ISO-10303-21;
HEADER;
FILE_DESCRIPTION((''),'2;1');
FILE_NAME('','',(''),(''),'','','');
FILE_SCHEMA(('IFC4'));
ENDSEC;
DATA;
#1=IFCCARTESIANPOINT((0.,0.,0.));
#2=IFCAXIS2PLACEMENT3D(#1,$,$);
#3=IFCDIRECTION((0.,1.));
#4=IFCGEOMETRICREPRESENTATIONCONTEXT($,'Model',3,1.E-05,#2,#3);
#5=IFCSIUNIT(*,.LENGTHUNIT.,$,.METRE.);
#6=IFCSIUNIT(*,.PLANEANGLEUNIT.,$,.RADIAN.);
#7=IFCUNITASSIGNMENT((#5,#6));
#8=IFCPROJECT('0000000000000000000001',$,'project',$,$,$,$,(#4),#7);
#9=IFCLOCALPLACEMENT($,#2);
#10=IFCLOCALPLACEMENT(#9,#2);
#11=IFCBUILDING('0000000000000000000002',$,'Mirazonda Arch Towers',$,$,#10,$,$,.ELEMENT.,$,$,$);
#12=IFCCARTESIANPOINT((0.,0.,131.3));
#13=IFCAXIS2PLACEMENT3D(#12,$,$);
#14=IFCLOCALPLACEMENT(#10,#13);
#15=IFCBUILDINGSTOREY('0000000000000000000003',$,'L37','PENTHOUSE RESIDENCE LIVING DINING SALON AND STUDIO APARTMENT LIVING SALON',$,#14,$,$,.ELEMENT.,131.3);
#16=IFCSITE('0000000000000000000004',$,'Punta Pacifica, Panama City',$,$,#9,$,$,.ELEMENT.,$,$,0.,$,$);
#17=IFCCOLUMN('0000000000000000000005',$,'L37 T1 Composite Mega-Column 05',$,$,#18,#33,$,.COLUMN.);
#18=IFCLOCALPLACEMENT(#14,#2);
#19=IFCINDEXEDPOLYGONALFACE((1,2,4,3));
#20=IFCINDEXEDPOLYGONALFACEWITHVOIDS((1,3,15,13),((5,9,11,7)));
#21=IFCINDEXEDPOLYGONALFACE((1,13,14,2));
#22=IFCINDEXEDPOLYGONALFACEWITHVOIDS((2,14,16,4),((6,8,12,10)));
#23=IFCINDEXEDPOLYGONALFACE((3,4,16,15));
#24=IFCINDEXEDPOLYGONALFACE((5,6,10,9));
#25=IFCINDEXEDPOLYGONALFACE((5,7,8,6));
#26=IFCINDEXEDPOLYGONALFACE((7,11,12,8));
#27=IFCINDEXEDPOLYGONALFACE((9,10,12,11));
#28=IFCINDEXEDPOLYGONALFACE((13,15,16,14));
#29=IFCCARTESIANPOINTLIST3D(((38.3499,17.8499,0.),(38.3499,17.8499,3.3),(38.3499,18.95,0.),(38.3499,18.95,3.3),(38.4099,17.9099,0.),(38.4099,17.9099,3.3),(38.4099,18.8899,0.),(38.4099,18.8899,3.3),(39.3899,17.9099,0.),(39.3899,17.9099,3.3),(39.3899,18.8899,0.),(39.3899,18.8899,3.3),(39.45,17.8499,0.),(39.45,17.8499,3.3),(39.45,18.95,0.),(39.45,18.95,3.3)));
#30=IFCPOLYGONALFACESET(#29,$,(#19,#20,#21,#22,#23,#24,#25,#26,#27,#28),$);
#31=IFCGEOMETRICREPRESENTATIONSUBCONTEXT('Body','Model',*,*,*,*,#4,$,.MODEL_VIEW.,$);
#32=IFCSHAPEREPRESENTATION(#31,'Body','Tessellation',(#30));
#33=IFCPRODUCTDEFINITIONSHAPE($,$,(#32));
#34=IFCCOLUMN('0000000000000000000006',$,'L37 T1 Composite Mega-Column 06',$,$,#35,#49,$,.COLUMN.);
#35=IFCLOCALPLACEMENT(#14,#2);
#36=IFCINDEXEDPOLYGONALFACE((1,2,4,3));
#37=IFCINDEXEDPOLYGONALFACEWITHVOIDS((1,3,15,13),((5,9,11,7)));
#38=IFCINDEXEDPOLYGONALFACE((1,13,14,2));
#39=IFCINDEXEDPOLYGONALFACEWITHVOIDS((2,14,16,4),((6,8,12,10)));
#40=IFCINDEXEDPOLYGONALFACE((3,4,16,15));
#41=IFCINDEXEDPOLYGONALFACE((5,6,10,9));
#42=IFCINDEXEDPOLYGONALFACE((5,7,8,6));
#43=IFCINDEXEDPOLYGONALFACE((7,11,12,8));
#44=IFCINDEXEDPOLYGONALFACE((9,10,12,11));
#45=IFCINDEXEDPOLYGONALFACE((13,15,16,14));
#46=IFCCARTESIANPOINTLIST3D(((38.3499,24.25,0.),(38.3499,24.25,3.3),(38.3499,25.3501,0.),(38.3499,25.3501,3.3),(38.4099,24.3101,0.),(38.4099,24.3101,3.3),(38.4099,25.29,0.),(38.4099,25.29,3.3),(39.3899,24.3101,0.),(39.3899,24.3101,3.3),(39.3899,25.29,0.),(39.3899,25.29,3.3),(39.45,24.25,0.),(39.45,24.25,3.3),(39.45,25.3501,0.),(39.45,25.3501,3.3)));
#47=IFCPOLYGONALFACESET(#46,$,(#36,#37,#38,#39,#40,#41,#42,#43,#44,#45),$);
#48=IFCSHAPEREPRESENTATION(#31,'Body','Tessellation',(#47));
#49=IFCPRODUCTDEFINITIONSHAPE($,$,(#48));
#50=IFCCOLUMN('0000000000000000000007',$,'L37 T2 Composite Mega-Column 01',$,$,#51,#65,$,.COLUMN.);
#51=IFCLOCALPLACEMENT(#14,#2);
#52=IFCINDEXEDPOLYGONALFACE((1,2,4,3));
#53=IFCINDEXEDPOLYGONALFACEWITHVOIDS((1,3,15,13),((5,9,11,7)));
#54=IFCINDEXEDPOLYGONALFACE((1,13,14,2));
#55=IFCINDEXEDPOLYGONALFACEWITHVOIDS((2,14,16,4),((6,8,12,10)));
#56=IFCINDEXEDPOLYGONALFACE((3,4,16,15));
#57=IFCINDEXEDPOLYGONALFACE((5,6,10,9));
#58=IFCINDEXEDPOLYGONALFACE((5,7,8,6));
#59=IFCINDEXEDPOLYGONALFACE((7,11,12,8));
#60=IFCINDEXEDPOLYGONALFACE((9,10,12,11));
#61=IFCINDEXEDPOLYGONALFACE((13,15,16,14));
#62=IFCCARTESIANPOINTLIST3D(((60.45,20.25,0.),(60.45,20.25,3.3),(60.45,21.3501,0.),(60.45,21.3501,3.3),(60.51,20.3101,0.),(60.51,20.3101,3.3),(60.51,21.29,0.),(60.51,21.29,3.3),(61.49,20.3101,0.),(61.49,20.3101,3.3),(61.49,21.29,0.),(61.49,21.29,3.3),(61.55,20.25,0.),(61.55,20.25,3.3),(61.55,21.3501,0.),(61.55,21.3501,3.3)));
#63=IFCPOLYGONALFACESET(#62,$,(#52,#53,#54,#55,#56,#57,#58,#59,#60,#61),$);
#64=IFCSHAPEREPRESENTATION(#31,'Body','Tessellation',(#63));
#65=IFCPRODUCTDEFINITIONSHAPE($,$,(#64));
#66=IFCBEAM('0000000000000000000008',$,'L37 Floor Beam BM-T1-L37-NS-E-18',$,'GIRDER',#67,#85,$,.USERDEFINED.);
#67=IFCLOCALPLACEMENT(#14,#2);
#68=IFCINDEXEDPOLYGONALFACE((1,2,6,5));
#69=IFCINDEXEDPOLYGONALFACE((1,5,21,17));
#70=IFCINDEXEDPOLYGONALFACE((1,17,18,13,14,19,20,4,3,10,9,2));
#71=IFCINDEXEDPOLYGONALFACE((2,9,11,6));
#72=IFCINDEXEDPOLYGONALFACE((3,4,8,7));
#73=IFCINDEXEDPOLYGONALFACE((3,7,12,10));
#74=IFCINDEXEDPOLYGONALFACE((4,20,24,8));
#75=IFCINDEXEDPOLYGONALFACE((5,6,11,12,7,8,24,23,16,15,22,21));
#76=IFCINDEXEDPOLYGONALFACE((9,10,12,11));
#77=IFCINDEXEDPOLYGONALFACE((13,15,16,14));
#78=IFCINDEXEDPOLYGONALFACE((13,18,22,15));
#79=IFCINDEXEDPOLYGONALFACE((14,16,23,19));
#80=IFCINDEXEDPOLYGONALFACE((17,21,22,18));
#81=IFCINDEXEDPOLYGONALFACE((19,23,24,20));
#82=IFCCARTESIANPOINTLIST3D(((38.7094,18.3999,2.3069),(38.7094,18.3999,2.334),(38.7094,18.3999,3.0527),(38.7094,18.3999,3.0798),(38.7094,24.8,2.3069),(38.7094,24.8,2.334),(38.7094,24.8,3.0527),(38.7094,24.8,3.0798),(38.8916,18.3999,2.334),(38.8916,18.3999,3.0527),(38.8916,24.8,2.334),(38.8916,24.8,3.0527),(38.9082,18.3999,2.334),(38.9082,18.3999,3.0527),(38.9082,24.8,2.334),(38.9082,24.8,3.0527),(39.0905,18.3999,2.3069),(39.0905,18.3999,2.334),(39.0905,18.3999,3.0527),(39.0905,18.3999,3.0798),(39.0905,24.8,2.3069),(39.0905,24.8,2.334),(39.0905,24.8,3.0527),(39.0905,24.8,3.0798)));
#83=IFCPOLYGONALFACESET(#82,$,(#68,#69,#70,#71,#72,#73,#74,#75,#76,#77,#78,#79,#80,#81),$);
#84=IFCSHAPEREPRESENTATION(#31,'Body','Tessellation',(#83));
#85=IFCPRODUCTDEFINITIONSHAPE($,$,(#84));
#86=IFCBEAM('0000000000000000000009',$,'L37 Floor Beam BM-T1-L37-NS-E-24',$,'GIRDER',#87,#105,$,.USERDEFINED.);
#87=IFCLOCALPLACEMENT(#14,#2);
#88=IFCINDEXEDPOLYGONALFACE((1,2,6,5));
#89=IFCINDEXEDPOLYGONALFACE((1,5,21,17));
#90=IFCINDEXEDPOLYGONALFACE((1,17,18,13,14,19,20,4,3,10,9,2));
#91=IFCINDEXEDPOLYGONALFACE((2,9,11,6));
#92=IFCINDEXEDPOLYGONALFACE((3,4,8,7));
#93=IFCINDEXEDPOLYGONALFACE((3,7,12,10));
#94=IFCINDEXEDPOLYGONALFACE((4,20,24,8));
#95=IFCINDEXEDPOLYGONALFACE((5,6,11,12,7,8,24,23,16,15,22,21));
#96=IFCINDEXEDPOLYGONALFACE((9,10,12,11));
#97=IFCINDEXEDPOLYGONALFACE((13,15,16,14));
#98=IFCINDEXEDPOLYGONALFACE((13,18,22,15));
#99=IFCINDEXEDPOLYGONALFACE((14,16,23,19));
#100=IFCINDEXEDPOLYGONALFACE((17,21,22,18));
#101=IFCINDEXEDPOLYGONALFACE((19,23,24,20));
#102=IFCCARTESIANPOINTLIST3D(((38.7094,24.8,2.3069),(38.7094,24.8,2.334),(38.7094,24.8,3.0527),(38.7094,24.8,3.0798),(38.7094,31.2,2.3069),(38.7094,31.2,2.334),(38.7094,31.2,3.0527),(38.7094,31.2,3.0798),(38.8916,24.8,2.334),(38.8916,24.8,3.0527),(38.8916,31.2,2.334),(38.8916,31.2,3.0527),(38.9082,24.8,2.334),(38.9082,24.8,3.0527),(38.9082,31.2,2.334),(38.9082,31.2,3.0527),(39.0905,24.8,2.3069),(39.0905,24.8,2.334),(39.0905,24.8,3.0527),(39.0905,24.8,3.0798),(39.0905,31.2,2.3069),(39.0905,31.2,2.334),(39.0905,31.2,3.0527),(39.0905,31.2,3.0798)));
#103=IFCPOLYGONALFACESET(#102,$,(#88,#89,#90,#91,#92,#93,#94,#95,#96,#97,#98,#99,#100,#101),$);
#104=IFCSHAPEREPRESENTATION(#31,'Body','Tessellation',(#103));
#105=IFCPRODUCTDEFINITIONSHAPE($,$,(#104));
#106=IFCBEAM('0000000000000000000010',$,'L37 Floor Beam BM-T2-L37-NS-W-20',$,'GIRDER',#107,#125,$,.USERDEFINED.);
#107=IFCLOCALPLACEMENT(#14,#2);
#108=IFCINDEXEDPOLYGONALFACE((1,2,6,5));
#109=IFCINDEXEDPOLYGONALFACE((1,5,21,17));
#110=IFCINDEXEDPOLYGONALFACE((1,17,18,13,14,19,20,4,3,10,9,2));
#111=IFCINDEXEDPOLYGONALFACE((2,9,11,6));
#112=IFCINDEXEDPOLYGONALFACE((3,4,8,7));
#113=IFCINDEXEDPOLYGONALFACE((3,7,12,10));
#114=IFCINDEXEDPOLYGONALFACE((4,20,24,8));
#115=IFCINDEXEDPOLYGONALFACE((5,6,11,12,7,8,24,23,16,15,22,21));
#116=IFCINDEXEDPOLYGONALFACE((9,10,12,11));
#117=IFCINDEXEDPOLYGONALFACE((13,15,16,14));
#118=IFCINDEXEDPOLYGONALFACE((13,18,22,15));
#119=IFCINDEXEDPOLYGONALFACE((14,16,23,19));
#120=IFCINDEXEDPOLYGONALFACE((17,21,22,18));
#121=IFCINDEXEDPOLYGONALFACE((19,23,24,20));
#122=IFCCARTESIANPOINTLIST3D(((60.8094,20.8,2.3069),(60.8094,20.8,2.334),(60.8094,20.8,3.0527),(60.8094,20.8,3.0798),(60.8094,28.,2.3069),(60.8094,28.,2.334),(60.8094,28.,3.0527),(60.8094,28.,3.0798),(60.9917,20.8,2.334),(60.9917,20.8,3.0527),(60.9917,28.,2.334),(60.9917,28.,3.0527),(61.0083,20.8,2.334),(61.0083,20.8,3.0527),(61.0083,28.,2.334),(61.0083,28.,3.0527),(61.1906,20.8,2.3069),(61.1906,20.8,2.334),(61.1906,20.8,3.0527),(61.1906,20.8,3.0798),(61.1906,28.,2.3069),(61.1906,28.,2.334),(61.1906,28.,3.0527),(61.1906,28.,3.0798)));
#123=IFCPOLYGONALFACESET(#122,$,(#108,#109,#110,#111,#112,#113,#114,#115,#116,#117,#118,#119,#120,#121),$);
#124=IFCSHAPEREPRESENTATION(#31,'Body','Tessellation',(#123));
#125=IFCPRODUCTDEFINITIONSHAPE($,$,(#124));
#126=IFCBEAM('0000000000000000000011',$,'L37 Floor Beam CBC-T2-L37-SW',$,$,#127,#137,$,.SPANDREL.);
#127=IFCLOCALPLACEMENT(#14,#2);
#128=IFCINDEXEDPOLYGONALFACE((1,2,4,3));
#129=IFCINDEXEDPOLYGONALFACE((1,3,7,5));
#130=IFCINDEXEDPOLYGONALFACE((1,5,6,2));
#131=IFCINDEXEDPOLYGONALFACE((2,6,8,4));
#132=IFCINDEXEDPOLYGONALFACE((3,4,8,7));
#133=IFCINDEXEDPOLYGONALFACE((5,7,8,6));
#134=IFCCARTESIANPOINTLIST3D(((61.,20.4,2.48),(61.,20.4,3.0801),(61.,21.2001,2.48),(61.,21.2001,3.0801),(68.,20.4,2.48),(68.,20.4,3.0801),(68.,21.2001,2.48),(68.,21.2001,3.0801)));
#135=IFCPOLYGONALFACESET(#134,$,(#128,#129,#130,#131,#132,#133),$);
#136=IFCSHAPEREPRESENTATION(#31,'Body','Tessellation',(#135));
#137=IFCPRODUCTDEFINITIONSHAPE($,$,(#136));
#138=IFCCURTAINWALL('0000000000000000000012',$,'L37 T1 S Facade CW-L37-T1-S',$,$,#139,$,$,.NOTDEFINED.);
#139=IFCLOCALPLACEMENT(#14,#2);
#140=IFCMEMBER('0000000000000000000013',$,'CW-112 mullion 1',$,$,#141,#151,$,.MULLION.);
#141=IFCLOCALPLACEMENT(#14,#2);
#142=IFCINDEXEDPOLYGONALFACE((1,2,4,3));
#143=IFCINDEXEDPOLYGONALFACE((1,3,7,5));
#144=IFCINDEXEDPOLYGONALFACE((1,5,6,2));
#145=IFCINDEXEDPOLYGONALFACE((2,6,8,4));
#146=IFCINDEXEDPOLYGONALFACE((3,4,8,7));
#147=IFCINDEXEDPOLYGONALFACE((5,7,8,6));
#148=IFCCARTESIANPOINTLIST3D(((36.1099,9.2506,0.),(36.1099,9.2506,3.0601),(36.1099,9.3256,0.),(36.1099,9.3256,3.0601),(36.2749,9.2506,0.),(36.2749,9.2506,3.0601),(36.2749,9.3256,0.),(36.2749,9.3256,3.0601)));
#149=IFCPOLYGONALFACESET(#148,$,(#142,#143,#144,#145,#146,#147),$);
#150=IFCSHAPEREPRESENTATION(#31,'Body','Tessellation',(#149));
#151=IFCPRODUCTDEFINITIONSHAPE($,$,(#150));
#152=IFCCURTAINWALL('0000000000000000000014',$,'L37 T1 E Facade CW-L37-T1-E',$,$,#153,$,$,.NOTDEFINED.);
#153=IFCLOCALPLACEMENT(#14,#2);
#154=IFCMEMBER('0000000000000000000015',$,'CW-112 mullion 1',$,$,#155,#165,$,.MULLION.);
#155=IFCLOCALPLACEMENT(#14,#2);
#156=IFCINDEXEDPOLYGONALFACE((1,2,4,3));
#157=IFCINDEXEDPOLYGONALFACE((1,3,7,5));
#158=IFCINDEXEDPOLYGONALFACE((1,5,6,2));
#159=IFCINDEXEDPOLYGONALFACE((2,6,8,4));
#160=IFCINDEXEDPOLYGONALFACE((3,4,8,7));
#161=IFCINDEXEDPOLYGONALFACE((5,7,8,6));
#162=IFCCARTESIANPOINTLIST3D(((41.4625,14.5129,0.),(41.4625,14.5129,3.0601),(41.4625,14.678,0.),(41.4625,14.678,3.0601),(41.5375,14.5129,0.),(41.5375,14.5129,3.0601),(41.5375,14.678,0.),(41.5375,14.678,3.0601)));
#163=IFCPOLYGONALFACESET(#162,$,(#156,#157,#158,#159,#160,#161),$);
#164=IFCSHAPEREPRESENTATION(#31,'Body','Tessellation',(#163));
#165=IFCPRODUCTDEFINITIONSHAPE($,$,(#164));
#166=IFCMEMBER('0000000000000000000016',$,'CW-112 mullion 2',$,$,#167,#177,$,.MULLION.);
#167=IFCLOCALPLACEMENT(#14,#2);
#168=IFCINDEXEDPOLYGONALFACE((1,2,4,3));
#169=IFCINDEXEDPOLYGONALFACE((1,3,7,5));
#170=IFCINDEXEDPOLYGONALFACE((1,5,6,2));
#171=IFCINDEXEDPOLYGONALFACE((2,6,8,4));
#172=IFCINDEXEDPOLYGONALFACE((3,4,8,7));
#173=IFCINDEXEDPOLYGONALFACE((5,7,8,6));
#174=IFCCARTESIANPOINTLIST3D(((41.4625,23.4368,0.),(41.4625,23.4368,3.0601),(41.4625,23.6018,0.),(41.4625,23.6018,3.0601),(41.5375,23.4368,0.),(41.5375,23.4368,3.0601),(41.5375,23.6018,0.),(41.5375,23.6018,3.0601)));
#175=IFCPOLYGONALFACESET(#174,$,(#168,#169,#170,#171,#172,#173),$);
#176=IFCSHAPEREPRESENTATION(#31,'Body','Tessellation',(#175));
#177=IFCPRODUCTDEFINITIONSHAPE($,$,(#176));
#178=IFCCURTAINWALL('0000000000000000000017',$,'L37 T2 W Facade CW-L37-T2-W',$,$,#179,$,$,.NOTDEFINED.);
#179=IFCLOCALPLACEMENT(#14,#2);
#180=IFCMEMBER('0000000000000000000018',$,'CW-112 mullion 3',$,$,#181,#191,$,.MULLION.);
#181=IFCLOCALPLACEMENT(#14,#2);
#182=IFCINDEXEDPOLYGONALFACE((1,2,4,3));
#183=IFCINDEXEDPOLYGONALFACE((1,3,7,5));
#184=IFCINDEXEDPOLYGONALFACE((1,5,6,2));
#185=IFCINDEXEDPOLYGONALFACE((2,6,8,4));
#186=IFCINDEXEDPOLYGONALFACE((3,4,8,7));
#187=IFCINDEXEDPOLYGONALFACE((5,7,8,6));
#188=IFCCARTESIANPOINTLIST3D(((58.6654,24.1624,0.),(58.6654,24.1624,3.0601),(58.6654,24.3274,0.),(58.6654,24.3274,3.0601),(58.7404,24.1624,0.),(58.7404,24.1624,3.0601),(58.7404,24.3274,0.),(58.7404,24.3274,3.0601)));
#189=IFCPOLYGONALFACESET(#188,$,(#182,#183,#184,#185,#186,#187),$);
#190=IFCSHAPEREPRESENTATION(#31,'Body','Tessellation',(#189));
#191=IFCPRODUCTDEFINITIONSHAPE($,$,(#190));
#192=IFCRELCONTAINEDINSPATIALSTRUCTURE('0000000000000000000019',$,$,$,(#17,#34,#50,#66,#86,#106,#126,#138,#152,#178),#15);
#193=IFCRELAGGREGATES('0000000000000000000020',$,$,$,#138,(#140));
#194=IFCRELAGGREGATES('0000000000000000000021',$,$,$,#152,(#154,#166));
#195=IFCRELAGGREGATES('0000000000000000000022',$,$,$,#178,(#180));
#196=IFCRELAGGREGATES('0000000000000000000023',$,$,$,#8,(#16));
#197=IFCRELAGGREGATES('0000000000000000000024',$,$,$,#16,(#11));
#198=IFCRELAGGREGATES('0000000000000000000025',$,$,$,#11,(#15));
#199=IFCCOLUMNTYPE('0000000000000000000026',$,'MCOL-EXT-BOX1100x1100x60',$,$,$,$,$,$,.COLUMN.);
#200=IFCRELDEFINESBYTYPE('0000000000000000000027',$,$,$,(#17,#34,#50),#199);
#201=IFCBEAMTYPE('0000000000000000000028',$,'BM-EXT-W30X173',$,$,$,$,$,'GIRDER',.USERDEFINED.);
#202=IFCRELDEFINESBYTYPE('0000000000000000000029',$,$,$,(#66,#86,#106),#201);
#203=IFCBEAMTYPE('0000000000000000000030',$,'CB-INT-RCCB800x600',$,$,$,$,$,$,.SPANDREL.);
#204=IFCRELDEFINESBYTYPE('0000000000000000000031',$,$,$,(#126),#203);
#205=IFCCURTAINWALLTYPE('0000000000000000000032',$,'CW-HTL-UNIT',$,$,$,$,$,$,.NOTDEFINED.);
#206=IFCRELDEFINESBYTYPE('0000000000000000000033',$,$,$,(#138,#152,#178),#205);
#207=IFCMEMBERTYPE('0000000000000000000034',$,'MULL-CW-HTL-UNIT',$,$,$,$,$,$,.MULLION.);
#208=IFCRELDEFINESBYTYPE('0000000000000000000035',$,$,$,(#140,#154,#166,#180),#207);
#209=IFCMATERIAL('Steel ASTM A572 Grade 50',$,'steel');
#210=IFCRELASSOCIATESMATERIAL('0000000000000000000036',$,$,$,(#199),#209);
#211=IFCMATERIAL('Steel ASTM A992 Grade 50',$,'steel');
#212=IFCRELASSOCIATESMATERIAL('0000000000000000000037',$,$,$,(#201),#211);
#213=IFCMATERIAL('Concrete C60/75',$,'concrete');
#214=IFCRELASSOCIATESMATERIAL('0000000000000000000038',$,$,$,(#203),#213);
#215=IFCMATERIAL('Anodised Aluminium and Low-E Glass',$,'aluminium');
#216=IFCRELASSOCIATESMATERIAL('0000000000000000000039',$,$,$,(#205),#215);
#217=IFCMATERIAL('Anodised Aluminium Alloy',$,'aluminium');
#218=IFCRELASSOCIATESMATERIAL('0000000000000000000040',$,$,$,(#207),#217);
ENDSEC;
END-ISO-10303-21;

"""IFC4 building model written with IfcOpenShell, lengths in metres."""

from ifc_helpers import new_model, si_unit, direction, frame, origin, origin_2d, place, context, subcontext, project, spatial, rectangle, hollow_rectangle, i_section, extrude, material, material_profile, profile_set, type_object, element, aggregate, save


model = new_model("IFC4")

# Units and contexts
model_context = context("Model", 3, precision=1e-05, world=origin(), true_north=direction((0.0, 1.0)))
body_context = subcontext(model_context, "Body", "Model", "MODEL_VIEW")
ifc_project = project(units=[si_unit("LENGTHUNIT", "METRE"), si_unit("PLANEANGLEUNIT", "RADIAN")], contexts=[model_context])

# Site, building, storey
site_placement = place(None, origin())
site = spatial("IfcSite", under=ifc_project, at=site_placement, Name="Punta Pacifica, Panama City", CompositionType="ELEMENT", RefElevation=0.0)
building_placement = place(site_placement, origin())
building = spatial("IfcBuilding", under=site, at=building_placement, Name="Mirazonda Arch Towers", CompositionType="ELEMENT")
storey_placement = place(building_placement, frame((0.0, 0.0, 131.3)))
storey = spatial("IfcBuildingStorey", under=building, at=storey_placement, Name="L37", Description="PENTHOUSE RESIDENCE LIVING DINING SALON AND STUDIO APARTMENT LIVING SALON", CompositionType="ELEMENT", Elevation=131.3)

# Columns
ifc_material_1 = material(Name="Steel ASTM A572 Grade 50", Category="steel")
ifc_material_profile_1 = material_profile(ifc_material_1, hollow_rectangle(XDim=1.1001, YDim=1.1001, WallThickness=0.0601, at=origin_2d()), Name="BOX1100x1100x60")
ifc_profile_set_1 = profile_set([ifc_material_profile_1], Name="Steel ASTM A572 Grade 50")
column_type = type_object("IfcColumnType", Name="MCOL-EXT-BOX1100x1100x60", PredefinedType="COLUMN", material=ifc_profile_set_1)
for number, where, z_axis, x_axis, name in (
    (1, (38.8999, 18.3999, 0.0), (0.0, 0.0, 1.0), (1.0, 0.0, 0.0), "L37 T1 Composite Mega-Column 05"),
    (2, (38.8999, 24.8, 0.0), (0.0, 0.0, 1.0), (1.0, 0.0, 0.0), "L37 T1 Composite Mega-Column 06"),
    (3, (61.0, 20.8, 0.0), (0.0, 0.0, 1.0), (1.0, 0.0, 0.0), "L37 T2 Composite Mega-Column 01"),
):
    element("IfcColumn", number, at=place(storey_placement, frame(where, z_axis=z_axis, x_axis=x_axis)), inside=storey, type_object=column_type, Name=name, PredefinedType="COLUMN", context=body_context, shape_type="SweptSolid", body=[
        extrude(hollow_rectangle(XDim=1.1001, YDim=1.1001, WallThickness=0.0601, at=origin_2d()), origin(), (0.0, 0.0, 1.0), 3.3),
    ])

# Beams
ifc_material_2 = material(Name="Steel ASTM A992 Grade 50", Category="steel")
ifc_material_profile_2 = material_profile(ifc_material_2, i_section(OverallWidth=0.3811, OverallDepth=0.7729, WebThickness=0.0166, FlangeThickness=0.0271, at=origin_2d()), Name="W30X173")
ifc_profile_set_2 = profile_set([ifc_material_profile_2], Name="Steel ASTM A992 Grade 50")
beam_type_1 = type_object("IfcBeamType", Name="BM-EXT-W30X173", ElementType="GIRDER", PredefinedType="USERDEFINED", material=ifc_profile_set_2)
beam_1_placement = place(storey_placement, frame((38.8999, 18.3999, 2.6934), z_axis=(0.0, 1.0, 0.0), x_axis=(-1.0, 0.0, 0.0)))
element("IfcBeam", 4, at=beam_1_placement, inside=storey, type_object=beam_type_1, Name="L37 Floor Beam BM-T1-L37-NS-E-18", ObjectType="GIRDER", PredefinedType="USERDEFINED", context=body_context, shape_type="SweptSolid", body=[
    extrude(i_section(OverallWidth=0.3811, OverallDepth=0.7729, WebThickness=0.0166, FlangeThickness=0.0271, at=origin_2d()), origin(), (0.0, 0.0, 1.0), 6.4001),
])
beam_2_placement = place(storey_placement, frame((38.8999, 24.8, 2.6934), z_axis=(0.0, 1.0, 0.0), x_axis=(-1.0, 0.0, 0.0)))
element("IfcBeam", 5, at=beam_2_placement, inside=storey, type_object=beam_type_1, Name="L37 Floor Beam BM-T1-L37-NS-E-24", ObjectType="GIRDER", PredefinedType="USERDEFINED", context=body_context, shape_type="SweptSolid", body=[
    extrude(i_section(OverallWidth=0.3811, OverallDepth=0.7729, WebThickness=0.0166, FlangeThickness=0.0271, at=origin_2d()), origin(), (0.0, 0.0, 1.0), 6.3999),
])
beam_3_placement = place(storey_placement, frame((61.0, 20.8, 2.6934), z_axis=(0.0, 1.0, 0.0), x_axis=(-1.0, 0.0, 0.0)))
element("IfcBeam", 6, at=beam_3_placement, inside=storey, type_object=beam_type_1, Name="L37 Floor Beam BM-T2-L37-NS-W-20", ObjectType="GIRDER", PredefinedType="USERDEFINED", context=body_context, shape_type="SweptSolid", body=[
    extrude(i_section(OverallWidth=0.3811, OverallDepth=0.7729, WebThickness=0.0166, FlangeThickness=0.0271, at=origin_2d()), origin(), (0.0, 0.0, 1.0), 7.2),
])
ifc_material_3 = material(Name="Concrete C60/75", Category="concrete")
ifc_material_profile_3 = material_profile(ifc_material_3, rectangle(XDim=0.8, YDim=0.6001, at=origin_2d()), Name="RCCB800x600")
ifc_profile_set_3 = profile_set([ifc_material_profile_3], Name="Concrete C60/75")
beam_type_2 = type_object("IfcBeamType", Name="CB-INT-RCCB800x600", PredefinedType="SPANDREL", material=ifc_profile_set_3)
beam_4_placement = place(storey_placement, frame((61.0, 20.8, 2.78), z_axis=(1.0, 0.0, 0.0), x_axis=(0.0, 1.0, 0.0)))
element("IfcBeam", 7, at=beam_4_placement, inside=storey, type_object=beam_type_2, Name="L37 Floor Beam CBC-T2-L37-SW", PredefinedType="SPANDREL", context=body_context, shape_type="SweptSolid", body=[
    extrude(rectangle(XDim=0.8, YDim=0.6001, at=origin_2d()), origin(), (0.0, 0.0, 1.0), 7.0),
])

# Curtain wall, member
ifc_material_4 = material(Name="Anodised Aluminium and Low-E Glass", Category="aluminium")
curtain_wall_type = type_object("IfcCurtainWallType", Name="CW-HTL-UNIT", PredefinedType="NOTDEFINED", material=ifc_material_4)
curtain_wall_1_placement = place(storey_placement, origin())
curtain_wall_1 = element("IfcCurtainWall", 8, at=curtain_wall_1_placement, inside=storey, type_object=curtain_wall_type, Name="L37 T1 S Facade CW-L37-T1-S", PredefinedType="NOTDEFINED")
ifc_material_5 = material(Name="Anodised Aluminium Alloy", Category="aluminium")
ifc_material_profile_4 = material_profile(ifc_material_5, rectangle(XDim=0.075, YDim=0.165, at=origin_2d()), Name="ALU-MULL-75x165")
ifc_profile_set_4 = profile_set([ifc_material_profile_4], Name="Anodised Aluminium Alloy")
member_type_1 = type_object("IfcMemberType", Name="MULL-CW-HTL-UNIT", PredefinedType="MULLION", material=ifc_profile_set_4)
member_1_placement = place(storey_placement, frame((36.1924, 9.2881, 0.0), z_axis=(0.0, 0.0, 1.0), x_axis=(0.0, -1.0, 0.0)))
member_1 = element("IfcMember", 9, at=member_1_placement, type_object=member_type_1, Name="CW-112 mullion 1", PredefinedType="MULLION", context=body_context, shape_type="SweptSolid", body=[
    extrude(rectangle(XDim=0.075, YDim=0.165, at=origin_2d()), origin(), (0.0, 0.0, 1.0), 3.0601),
])

# Curtain walls, members
curtain_wall_2_placement = place(storey_placement, origin())
curtain_wall_2 = element("IfcCurtainWall", 10, at=curtain_wall_2_placement, inside=storey, type_object=curtain_wall_type, Name="L37 T1 E Facade CW-L37-T1-E", PredefinedType="NOTDEFINED")
member_2_placement = place(storey_placement, frame((41.5, 14.5955, 0.0), z_axis=(0.0, 0.0, 1.0), x_axis=(-1.0, 0.0, 0.0)))
member_2 = element("IfcMember", 11, at=member_2_placement, type_object=member_type_1, Name="CW-112 mullion 1", PredefinedType="MULLION", context=body_context, shape_type="SweptSolid", body=[
    extrude(rectangle(XDim=0.075, YDim=0.165, at=origin_2d()), origin(), (0.0, 0.0, 1.0), 3.0601),
])
member_3_placement = place(storey_placement, frame((41.5, 23.5193, 0.0), z_axis=(0.0, 0.0, 1.0), x_axis=(-1.0, 0.0, 0.0)))
member_3 = element("IfcMember", 12, at=member_3_placement, type_object=member_type_1, Name="CW-112 mullion 2", PredefinedType="MULLION", context=body_context, shape_type="SweptSolid", body=[
    extrude(rectangle(XDim=0.075, YDim=0.165, at=origin_2d()), origin(), (0.0, 0.0, 1.0), 3.0601),
])
curtain_wall_3_placement = place(storey_placement, origin())
curtain_wall_3 = element("IfcCurtainWall", 13, at=curtain_wall_3_placement, inside=storey, type_object=curtain_wall_type, Name="L37 T2 W Facade CW-L37-T2-W", PredefinedType="NOTDEFINED")
member_4_placement = place(storey_placement, frame((58.7029, 24.2449, 0.0), z_axis=(0.0, 0.0, 1.0), x_axis=(1.0, 0.0, 0.0)))
member_4 = element("IfcMember", 14, at=member_4_placement, type_object=member_type_1, Name="CW-112 mullion 3", PredefinedType="MULLION", context=body_context, shape_type="SweptSolid", body=[
    extrude(rectangle(XDim=0.075, YDim=0.165, at=origin_2d()), origin(), (0.0, 0.0, 1.0), 3.0601),
])

aggregate(curtain_wall_1, [member_1])

aggregate(curtain_wall_2, [member_2, member_3])
aggregate(curtain_wall_3, [member_4])

save(model, "model.ifc")
